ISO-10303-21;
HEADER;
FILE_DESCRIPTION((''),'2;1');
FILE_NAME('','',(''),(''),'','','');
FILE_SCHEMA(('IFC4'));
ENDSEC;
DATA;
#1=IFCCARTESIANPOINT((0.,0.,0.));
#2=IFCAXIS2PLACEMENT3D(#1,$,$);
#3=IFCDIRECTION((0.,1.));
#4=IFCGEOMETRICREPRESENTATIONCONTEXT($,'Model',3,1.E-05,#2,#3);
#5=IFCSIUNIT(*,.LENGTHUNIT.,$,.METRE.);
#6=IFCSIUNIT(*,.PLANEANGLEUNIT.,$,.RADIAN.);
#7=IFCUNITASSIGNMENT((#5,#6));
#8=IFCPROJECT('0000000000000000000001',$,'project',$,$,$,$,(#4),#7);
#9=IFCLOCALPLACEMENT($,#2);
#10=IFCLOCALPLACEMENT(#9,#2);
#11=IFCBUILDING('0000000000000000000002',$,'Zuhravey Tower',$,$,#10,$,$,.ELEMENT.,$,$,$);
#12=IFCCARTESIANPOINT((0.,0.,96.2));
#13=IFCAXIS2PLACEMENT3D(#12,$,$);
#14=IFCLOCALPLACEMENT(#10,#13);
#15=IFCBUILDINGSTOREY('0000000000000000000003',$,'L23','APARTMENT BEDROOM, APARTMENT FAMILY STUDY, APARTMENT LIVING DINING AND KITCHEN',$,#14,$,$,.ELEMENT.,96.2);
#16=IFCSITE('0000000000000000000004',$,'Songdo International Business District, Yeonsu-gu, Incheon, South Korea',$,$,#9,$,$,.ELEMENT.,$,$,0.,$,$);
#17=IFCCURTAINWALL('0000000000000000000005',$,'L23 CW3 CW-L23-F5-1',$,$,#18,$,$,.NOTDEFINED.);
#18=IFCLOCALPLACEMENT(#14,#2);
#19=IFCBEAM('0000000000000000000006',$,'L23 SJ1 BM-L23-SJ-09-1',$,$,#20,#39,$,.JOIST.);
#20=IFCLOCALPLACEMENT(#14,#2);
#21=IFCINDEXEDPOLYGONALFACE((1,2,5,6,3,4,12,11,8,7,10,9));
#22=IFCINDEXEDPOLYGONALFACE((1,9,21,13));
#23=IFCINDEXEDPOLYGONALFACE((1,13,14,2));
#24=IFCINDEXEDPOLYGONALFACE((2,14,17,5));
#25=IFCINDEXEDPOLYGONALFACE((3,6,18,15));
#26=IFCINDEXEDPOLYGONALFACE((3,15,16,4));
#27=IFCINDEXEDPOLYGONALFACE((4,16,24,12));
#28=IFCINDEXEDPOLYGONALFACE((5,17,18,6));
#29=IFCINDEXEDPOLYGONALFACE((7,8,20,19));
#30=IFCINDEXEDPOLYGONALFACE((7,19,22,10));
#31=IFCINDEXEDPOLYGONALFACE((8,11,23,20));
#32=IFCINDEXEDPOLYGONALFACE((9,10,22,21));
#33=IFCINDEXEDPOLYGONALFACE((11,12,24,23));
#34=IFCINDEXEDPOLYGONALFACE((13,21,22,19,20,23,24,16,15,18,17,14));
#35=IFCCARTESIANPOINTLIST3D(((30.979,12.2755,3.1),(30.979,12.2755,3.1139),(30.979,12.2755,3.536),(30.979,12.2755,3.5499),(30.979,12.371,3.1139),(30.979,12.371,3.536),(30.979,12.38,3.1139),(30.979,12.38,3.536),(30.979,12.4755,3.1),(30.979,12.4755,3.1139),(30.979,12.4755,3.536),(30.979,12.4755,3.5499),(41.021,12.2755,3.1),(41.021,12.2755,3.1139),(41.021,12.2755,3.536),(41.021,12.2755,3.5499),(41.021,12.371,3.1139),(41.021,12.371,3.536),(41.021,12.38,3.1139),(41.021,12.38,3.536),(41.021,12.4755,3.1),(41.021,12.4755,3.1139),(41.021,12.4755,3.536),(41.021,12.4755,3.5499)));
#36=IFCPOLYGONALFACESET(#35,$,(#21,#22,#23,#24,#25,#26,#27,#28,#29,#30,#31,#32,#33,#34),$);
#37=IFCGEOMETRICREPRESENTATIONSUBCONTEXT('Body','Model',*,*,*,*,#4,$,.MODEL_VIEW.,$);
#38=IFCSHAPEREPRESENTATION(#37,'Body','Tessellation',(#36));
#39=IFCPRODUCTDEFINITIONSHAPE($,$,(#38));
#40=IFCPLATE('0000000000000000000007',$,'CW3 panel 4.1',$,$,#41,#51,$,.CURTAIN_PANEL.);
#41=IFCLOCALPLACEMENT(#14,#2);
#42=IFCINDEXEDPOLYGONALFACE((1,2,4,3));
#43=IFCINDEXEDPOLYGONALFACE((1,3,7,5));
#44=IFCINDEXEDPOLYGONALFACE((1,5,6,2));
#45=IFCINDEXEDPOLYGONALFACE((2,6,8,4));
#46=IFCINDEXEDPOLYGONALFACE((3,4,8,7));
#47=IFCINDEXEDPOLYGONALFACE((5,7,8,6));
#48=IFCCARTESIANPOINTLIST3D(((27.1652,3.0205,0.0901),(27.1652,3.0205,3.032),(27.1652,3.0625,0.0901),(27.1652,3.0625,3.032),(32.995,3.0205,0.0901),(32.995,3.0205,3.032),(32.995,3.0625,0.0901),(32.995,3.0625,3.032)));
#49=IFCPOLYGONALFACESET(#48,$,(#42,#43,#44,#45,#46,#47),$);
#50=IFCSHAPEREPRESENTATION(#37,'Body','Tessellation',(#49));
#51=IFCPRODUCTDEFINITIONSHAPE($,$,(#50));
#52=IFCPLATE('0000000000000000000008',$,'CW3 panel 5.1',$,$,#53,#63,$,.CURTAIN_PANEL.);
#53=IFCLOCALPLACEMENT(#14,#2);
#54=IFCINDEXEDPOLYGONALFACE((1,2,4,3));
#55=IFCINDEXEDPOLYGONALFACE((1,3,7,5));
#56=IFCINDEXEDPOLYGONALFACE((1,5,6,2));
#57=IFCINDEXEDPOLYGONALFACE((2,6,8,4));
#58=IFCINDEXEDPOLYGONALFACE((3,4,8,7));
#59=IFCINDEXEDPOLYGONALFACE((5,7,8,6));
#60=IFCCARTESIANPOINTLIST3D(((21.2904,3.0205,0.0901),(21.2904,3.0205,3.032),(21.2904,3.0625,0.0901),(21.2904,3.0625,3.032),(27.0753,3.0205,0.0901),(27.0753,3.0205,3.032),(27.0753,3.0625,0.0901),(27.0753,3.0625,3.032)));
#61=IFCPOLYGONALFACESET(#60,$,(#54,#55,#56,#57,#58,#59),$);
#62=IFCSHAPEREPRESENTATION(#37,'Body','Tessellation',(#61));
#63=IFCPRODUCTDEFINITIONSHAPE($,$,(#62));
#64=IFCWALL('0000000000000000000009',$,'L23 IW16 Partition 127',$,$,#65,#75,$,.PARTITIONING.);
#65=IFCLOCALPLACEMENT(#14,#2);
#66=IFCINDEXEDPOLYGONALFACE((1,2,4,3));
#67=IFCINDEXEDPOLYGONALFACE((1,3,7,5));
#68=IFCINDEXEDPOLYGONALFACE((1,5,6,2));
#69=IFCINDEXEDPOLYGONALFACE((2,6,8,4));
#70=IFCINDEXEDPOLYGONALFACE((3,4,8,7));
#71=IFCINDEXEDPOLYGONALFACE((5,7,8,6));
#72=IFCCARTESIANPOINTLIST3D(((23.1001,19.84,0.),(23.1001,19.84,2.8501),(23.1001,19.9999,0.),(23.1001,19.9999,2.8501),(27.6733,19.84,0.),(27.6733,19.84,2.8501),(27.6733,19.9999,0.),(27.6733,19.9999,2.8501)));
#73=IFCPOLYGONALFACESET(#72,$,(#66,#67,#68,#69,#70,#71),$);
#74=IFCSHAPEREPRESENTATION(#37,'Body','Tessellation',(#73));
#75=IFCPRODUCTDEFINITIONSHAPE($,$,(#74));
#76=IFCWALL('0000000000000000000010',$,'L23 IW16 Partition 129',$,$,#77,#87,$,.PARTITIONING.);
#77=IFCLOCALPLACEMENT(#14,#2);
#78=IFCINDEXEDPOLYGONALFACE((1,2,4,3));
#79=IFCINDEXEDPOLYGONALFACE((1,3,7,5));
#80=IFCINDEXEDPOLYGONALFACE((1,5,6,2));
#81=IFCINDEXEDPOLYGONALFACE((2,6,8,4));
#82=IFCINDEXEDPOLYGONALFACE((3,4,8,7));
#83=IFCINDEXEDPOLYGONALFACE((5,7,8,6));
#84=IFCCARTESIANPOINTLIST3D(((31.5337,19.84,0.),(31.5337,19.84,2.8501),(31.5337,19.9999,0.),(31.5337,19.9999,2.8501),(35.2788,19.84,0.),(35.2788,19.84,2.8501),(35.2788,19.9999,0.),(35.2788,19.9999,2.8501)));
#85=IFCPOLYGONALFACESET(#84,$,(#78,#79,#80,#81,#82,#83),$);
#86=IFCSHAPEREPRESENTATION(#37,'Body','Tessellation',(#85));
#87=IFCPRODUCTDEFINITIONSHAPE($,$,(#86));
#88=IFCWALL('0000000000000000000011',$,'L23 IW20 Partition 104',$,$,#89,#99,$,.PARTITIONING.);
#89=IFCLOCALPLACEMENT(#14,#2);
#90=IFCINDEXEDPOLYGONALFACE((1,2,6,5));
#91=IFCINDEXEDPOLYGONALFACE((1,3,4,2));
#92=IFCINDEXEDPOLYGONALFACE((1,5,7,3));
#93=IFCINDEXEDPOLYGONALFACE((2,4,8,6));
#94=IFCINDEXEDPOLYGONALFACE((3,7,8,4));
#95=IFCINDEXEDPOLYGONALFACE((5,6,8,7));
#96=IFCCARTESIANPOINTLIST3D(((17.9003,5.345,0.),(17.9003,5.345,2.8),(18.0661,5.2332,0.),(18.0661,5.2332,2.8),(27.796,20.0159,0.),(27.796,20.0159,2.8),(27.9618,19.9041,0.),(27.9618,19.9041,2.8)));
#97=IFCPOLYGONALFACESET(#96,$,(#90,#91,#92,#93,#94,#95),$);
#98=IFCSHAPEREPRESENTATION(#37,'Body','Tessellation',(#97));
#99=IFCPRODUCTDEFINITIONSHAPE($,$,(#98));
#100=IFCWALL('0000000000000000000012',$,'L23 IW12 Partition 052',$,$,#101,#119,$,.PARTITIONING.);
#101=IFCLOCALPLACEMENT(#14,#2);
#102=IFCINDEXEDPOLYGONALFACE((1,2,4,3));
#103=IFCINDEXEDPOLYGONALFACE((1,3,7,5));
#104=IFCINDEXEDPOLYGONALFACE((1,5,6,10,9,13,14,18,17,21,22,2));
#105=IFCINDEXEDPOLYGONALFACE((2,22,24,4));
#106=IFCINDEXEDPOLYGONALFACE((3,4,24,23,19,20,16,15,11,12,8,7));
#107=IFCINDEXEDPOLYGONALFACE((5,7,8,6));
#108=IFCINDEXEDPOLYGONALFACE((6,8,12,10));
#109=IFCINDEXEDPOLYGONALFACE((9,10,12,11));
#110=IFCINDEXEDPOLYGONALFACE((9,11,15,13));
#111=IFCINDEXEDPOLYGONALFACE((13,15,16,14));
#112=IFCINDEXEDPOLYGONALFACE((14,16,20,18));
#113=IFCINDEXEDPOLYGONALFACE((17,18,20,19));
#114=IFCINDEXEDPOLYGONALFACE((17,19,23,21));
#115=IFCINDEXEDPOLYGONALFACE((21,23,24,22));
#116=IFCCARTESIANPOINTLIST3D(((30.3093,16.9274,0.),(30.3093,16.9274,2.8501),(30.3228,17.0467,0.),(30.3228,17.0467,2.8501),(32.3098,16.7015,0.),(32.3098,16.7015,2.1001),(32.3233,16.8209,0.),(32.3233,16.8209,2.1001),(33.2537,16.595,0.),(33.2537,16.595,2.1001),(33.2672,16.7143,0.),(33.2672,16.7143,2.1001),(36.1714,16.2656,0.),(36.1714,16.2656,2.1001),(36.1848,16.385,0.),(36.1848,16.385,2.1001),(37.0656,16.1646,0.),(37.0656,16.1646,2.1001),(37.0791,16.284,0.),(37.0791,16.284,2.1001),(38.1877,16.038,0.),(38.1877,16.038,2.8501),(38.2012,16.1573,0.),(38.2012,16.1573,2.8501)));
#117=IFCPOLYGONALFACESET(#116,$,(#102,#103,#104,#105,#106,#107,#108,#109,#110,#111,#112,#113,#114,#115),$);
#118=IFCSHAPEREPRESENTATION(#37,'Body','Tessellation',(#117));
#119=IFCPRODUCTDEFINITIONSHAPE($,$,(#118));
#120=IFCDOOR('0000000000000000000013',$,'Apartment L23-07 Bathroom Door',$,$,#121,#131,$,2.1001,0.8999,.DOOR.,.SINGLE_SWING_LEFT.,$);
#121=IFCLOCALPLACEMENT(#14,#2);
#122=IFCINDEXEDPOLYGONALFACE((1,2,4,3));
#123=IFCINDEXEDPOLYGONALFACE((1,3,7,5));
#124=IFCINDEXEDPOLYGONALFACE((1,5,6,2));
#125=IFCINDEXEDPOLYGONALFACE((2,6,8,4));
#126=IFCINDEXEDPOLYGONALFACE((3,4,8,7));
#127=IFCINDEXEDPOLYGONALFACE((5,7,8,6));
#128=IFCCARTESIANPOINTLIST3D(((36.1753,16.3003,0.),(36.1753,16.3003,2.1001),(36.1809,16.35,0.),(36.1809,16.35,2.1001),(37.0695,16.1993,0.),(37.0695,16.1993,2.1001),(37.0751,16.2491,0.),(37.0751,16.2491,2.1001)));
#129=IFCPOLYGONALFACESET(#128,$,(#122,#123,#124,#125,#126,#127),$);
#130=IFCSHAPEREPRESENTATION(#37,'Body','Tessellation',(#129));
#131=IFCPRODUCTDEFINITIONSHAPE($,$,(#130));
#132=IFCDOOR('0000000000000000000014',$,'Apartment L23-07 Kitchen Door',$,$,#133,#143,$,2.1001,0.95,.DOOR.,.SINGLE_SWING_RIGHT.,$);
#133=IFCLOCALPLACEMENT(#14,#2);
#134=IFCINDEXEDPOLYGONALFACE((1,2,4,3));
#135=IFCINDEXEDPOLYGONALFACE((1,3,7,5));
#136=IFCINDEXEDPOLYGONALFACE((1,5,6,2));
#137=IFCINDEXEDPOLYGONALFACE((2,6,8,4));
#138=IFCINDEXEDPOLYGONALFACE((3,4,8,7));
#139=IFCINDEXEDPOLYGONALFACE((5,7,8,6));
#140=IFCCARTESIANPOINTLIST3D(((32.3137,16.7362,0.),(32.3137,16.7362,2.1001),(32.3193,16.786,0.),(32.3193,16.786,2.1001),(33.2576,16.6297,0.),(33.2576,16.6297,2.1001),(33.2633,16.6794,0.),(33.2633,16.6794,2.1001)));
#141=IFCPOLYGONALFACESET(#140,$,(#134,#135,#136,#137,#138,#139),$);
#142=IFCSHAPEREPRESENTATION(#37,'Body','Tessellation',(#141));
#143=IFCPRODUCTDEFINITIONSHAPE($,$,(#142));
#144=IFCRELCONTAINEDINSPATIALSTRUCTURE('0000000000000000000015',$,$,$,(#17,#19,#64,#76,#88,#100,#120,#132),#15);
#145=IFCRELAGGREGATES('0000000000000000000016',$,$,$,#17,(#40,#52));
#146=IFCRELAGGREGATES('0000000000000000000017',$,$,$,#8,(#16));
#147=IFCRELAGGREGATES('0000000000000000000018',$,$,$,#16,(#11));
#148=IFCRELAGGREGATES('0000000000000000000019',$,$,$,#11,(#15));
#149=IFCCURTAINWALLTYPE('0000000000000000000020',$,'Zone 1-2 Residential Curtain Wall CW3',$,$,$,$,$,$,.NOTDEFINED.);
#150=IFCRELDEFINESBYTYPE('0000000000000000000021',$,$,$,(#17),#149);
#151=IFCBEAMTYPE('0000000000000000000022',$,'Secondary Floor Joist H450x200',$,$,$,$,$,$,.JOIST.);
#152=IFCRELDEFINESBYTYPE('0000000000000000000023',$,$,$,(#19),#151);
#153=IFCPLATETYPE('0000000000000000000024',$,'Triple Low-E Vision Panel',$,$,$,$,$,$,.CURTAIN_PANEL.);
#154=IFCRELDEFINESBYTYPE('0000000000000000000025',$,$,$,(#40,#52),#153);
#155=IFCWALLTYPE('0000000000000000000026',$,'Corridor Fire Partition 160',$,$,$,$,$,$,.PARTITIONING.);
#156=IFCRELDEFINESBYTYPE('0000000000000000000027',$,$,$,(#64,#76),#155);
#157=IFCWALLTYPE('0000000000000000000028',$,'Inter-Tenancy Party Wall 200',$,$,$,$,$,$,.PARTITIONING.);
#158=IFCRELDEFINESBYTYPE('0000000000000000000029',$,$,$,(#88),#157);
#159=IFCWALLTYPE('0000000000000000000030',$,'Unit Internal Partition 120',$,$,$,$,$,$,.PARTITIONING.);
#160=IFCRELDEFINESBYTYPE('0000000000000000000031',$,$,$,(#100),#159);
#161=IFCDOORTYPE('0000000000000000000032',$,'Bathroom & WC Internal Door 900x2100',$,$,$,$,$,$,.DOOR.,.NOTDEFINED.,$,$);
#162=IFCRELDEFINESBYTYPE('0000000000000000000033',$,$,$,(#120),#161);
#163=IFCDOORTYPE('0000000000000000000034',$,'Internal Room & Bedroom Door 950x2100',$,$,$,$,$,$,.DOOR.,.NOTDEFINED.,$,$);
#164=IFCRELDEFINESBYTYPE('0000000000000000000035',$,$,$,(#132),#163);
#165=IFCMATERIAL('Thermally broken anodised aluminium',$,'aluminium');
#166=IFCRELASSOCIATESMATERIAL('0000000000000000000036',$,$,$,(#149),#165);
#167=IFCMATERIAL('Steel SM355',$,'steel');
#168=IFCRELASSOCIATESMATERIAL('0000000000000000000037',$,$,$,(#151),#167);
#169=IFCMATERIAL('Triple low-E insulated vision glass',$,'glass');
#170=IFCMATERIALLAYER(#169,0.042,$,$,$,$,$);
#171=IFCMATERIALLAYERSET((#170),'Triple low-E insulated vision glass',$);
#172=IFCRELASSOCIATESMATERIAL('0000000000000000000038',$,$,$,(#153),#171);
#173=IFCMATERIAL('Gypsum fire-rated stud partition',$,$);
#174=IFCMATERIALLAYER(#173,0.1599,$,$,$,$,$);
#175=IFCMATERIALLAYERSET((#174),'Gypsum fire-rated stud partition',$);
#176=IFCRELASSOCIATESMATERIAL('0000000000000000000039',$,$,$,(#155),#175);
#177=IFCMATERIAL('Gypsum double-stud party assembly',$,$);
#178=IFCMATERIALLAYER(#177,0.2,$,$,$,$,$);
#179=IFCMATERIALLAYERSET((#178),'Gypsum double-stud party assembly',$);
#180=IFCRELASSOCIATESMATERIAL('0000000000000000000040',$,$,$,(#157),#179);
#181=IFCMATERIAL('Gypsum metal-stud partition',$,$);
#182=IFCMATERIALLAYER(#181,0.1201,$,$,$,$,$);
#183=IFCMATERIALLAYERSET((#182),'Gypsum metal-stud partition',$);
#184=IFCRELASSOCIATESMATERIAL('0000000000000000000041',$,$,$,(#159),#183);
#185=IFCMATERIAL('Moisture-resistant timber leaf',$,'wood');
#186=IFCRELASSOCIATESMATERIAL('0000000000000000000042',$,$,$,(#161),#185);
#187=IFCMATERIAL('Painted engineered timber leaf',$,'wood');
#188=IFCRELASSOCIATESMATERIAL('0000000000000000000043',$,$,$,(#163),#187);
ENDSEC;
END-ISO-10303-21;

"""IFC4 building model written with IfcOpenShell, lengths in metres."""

from ifc_helpers import new_model, si_unit, direction, frame, frame_2d, origin, origin_2d, place, context, subcontext, project, spatial, rectangle, i_section, extrude, material, layer, layer_set, material_profile, profile_set, type_object, element, fill, aggregate, save


model = new_model("IFC4")

# Units and contexts
model_context = context("Model", 3, precision=1e-05, world=origin(), true_north=direction((0.0, 1.0)))
body_context = subcontext(model_context, "Body", "Model", "MODEL_VIEW")
ifc_project = project(units=[si_unit("LENGTHUNIT", "METRE"), si_unit("PLANEANGLEUNIT", "RADIAN")], contexts=[model_context])

# Site, building, storey
site_placement = place(None, origin())
site = spatial("IfcSite", under=ifc_project, at=site_placement, Name="Songdo International Business District, Yeonsu-gu, Incheon, South Korea", CompositionType="ELEMENT", RefElevation=0.0)
building_placement = place(site_placement, origin())
building = spatial("IfcBuilding", under=site, at=building_placement, Name="Zuhravey Tower", CompositionType="ELEMENT")
storey_placement = place(building_placement, frame((0.0, 0.0, 96.2)))
storey = spatial("IfcBuildingStorey", under=building, at=storey_placement, Name="L23", Description="APARTMENT BEDROOM, APARTMENT FAMILY STUDY, APARTMENT LIVING DINING AND KITCHEN", CompositionType="ELEMENT", Elevation=96.2)

# Curtain wall
ifc_material_1 = material(Name="Thermally broken anodised aluminium", Category="aluminium")
curtain_wall_type = type_object("IfcCurtainWallType", Name="Zone 1-2 Residential Curtain Wall CW3", PredefinedType="NOTDEFINED", material=ifc_material_1)
curtain_wall_placement = place(storey_placement, origin())
curtain_wall = element("IfcCurtainWall", 1, at=curtain_wall_placement, inside=storey, type_object=curtain_wall_type, Name="L23 CW3 CW-L23-F5-1", PredefinedType="NOTDEFINED")

# Beam
ifc_material_2 = material(Name="Steel SM355", Category="steel")
ifc_material_profile_1 = material_profile(ifc_material_2, i_section(OverallWidth=0.2, OverallDepth=0.45, WebThickness=0.009, FlangeThickness=0.0139, at=origin_2d()), Name="H-450x200x9x14")
ifc_profile_set_1 = profile_set([ifc_material_profile_1], Name="Steel SM355")
beam_type_1 = type_object("IfcBeamType", Name="Secondary Floor Joist H450x200", PredefinedType="JOIST", material=ifc_profile_set_1)
beam_1_placement = place(storey_placement, frame((30.979, 12.3755, 3.325), z_axis=(1.0, 0.0, 0.0), x_axis=(0.0, 1.0, 0.0)))
element("IfcBeam", 2, at=beam_1_placement, inside=storey, type_object=beam_type_1, Name="L23 SJ1 BM-L23-SJ-09-1", PredefinedType="JOIST", context=body_context, shape_type="SweptSolid", body=[
    extrude(i_section(OverallWidth=0.2, OverallDepth=0.45, WebThickness=0.009, FlangeThickness=0.0139, at=origin_2d()), origin(), (0.0, 0.0, 1.0), 10.042),
])

# Plates
ifc_material_3 = material(Name="Triple low-E insulated vision glass", Category="glass")
ifc_layer_1 = layer(ifc_material_3, 0.042)
ifc_layer_set_1 = layer_set([ifc_layer_1], Name="Triple low-E insulated vision glass")
plate_type = type_object("IfcPlateType", Name="Triple Low-E Vision Panel", PredefinedType="CURTAIN_PANEL", material=ifc_layer_set_1)
plate_1_placement = place(storey_placement, frame((30.0801, 3.0415, 0.0901), z_axis=(0.0, 0.0, 1.0), x_axis=(-1.0, 0.0, 0.0)))
plate_1 = element("IfcPlate", 3, at=plate_1_placement, type_object=plate_type, Name="CW3 panel 4.1", PredefinedType="CURTAIN_PANEL", context=body_context, shape_type="SweptSolid", body=[
    extrude(rectangle(XDim=5.8298, YDim=0.042, at=origin_2d()), origin(), (0.0, 0.0, 1.0), 2.9419),
])
plate_2_placement = place(storey_placement, frame((24.1829, 3.0415, 0.0901), z_axis=(0.0, 0.0, 1.0), x_axis=(-1.0, 0.0, 0.0)))
plate_2 = element("IfcPlate", 4, at=plate_2_placement, type_object=plate_type, Name="CW3 panel 5.1", PredefinedType="CURTAIN_PANEL", context=body_context, shape_type="SweptSolid", body=[
    extrude(rectangle(XDim=5.7849, YDim=0.042, at=origin_2d()), origin(), (0.0, 0.0, 1.0), 2.9419),
])
aggregate(curtain_wall, [plate_1, plate_2])

# Shared definitions
ifc_material_4 = material(Name="Gypsum fire-rated stud partition")
ifc_layer_2 = layer(ifc_material_4, 0.1599)
ifc_layer_set_2 = layer_set([ifc_layer_2], Name="Gypsum fire-rated stud partition")
wall_type_1 = type_object("IfcWallType", Name="Corridor Fire Partition 160", PredefinedType="PARTITIONING", material=ifc_layer_set_2)

# Walls
wall_1_placement = place(storey_placement, frame((23.1001, 19.9199, 0.0), z_axis=(0.0, 0.0, 1.0), x_axis=(1.0, 0.0, 0.0)))
element("IfcWall", 5, at=wall_1_placement, inside=storey, type_object=wall_type_1, Name="L23 IW16 Partition 127", PredefinedType="PARTITIONING", context=body_context, shape_type="SweptSolid", body=[
    extrude(rectangle(XDim=4.5732, YDim=0.1599, at=frame_2d((2.2866, 0.0))), origin(), (0.0, 0.0, 1.0), 2.8501),
])
wall_2_placement = place(storey_placement, frame((31.5337, 19.9199, 0.0), z_axis=(0.0, 0.0, 1.0), x_axis=(1.0, 0.0, 0.0)))
element("IfcWall", 6, at=wall_2_placement, inside=storey, type_object=wall_type_1, Name="L23 IW16 Partition 129", PredefinedType="PARTITIONING", context=body_context, shape_type="SweptSolid", body=[
    extrude(rectangle(XDim=3.7451, YDim=0.1599, at=frame_2d((1.8726, 0.0))), origin(), (0.0, 0.0, 1.0), 2.8501),
])
ifc_material_5 = material(Name="Gypsum double-stud party assembly")
ifc_layer_3 = layer(ifc_material_5, 0.2)
ifc_layer_set_3 = layer_set([ifc_layer_3], Name="Gypsum double-stud party assembly")
wall_type_2 = type_object("IfcWallType", Name="Inter-Tenancy Party Wall 200", PredefinedType="PARTITIONING", material=ifc_layer_set_3)
wall_3_placement = place(storey_placement, frame((27.8789, 19.96, 0.0), z_axis=(0.0, 0.0, 1.0), x_axis=(-0.559197, -0.829035, 0.0)))
element("IfcWall", 7, at=wall_3_placement, inside=storey, type_object=wall_type_2, Name="L23 IW20 Partition 104", PredefinedType="PARTITIONING", context=body_context, shape_type="SweptSolid", body=[
    extrude(rectangle(XDim=17.6963, YDim=0.2, at=frame_2d((8.8481, 0.0))), origin(), (0.0, 0.0, 1.0), 2.8),
])

# Wall, openings, doors
ifc_material_6 = material(Name="Gypsum metal-stud partition")
ifc_layer_4 = layer(ifc_material_6, 0.1201)
ifc_layer_set_4 = layer_set([ifc_layer_4], Name="Gypsum metal-stud partition")
wall_type_3 = type_object("IfcWallType", Name="Unit Internal Partition 120", PredefinedType="PARTITIONING", material=ifc_layer_set_4)
wall_4_placement = place(storey_placement, frame((30.3159, 16.9871, 0.0), z_axis=(0.0, 0.0, 1.0), x_axis=(0.993688, -0.112179, 0.0)))
wall_4 = element("IfcWall", 8, at=wall_4_placement, inside=storey, type_object=wall_type_3, Name="L23 IW12 Partition 052", PredefinedType="PARTITIONING", context=body_context, shape_type="SweptSolid", body=[
    extrude(rectangle(XDim=7.9285, YDim=0.1201, at=frame_2d((3.9644, 0.0))), origin(), (0.0, 0.0, 1.0), 2.8501),
])
opening_1_placement = place(wall_4_placement, frame((2.0132, 0.0, 0.0)))
opening_1 = element("IfcOpeningElement", 9, at=opening_1_placement, cuts=wall_4, PredefinedType="OPENING", context=body_context, shape_type="SweptSolid", body=[
    extrude(rectangle(XDim=0.95, YDim=2.1001, at=frame_2d((0.4751, 1.05))), frame((0.0, 0.072, 0.0), z_axis=(0.0, -1.0, 0.0), x_axis=(1.0, 0.0, 0.0)), (0.0, 0.0, 1.0), 0.144),
])
opening_2_placement = place(wall_4_placement, frame((5.8994, 0.0, 0.0)))
opening_2 = element("IfcOpeningElement", 10, at=opening_2_placement, cuts=wall_4, PredefinedType="OPENING", context=body_context, shape_type="SweptSolid", body=[
    extrude(rectangle(XDim=0.8999, YDim=2.1001, at=frame_2d((0.45, 1.05))), frame((0.0, 0.072, 0.0), z_axis=(0.0, -1.0, 0.0), x_axis=(1.0, 0.0, 0.0)), (0.0, 0.0, 1.0), 0.144),
])
ifc_material_7 = material(Name="Moisture-resistant timber leaf", Category="wood")
door_type_1 = type_object("IfcDoorType", Name="Bathroom & WC Internal Door 900x2100", OperationType="NOTDEFINED", PredefinedType="DOOR", material=ifc_material_7)
door_1_placement = place(opening_2_placement, origin())
door_1 = element("IfcDoor", 11, at=door_1_placement, inside=storey, type_object=door_type_1, Name="Apartment L23-07 Bathroom Door", OperationType="SINGLE_SWING_LEFT", OverallHeight=2.1001, OverallWidth=0.8999, PredefinedType="DOOR", context=body_context, shape_type="SweptSolid", body=[
    extrude(rectangle(XDim=0.8999, YDim=2.1001, at=frame_2d((0.45, 1.05))), frame((0.0, 0.0249, 0.0), z_axis=(0.0, -1.0, 0.0), x_axis=(1.0, 0.0, 0.0)), (0.0, 0.0, 1.0), 0.05),
])
fill(opening_2, door_1)
ifc_material_8 = material(Name="Painted engineered timber leaf", Category="wood")
door_type_2 = type_object("IfcDoorType", Name="Internal Room & Bedroom Door 950x2100", OperationType="NOTDEFINED", PredefinedType="DOOR", material=ifc_material_8)
door_2_placement = place(opening_1_placement, origin())
door_2 = element("IfcDoor", 12, at=door_2_placement, inside=storey, type_object=door_type_2, Name="Apartment L23-07 Kitchen Door", OperationType="SINGLE_SWING_RIGHT", OverallHeight=2.1001, OverallWidth=0.95, PredefinedType="DOOR", context=body_context, shape_type="SweptSolid", body=[
    extrude(rectangle(XDim=0.95, YDim=2.1001, at=frame_2d((0.4751, 1.05))), frame((0.0, 0.0249, 0.0), z_axis=(0.0, -1.0, 0.0), x_axis=(1.0, 0.0, 0.0)), (0.0, 0.0, 1.0), 0.05),
])
fill(opening_1, door_2)

save(model, "model.ifc")
